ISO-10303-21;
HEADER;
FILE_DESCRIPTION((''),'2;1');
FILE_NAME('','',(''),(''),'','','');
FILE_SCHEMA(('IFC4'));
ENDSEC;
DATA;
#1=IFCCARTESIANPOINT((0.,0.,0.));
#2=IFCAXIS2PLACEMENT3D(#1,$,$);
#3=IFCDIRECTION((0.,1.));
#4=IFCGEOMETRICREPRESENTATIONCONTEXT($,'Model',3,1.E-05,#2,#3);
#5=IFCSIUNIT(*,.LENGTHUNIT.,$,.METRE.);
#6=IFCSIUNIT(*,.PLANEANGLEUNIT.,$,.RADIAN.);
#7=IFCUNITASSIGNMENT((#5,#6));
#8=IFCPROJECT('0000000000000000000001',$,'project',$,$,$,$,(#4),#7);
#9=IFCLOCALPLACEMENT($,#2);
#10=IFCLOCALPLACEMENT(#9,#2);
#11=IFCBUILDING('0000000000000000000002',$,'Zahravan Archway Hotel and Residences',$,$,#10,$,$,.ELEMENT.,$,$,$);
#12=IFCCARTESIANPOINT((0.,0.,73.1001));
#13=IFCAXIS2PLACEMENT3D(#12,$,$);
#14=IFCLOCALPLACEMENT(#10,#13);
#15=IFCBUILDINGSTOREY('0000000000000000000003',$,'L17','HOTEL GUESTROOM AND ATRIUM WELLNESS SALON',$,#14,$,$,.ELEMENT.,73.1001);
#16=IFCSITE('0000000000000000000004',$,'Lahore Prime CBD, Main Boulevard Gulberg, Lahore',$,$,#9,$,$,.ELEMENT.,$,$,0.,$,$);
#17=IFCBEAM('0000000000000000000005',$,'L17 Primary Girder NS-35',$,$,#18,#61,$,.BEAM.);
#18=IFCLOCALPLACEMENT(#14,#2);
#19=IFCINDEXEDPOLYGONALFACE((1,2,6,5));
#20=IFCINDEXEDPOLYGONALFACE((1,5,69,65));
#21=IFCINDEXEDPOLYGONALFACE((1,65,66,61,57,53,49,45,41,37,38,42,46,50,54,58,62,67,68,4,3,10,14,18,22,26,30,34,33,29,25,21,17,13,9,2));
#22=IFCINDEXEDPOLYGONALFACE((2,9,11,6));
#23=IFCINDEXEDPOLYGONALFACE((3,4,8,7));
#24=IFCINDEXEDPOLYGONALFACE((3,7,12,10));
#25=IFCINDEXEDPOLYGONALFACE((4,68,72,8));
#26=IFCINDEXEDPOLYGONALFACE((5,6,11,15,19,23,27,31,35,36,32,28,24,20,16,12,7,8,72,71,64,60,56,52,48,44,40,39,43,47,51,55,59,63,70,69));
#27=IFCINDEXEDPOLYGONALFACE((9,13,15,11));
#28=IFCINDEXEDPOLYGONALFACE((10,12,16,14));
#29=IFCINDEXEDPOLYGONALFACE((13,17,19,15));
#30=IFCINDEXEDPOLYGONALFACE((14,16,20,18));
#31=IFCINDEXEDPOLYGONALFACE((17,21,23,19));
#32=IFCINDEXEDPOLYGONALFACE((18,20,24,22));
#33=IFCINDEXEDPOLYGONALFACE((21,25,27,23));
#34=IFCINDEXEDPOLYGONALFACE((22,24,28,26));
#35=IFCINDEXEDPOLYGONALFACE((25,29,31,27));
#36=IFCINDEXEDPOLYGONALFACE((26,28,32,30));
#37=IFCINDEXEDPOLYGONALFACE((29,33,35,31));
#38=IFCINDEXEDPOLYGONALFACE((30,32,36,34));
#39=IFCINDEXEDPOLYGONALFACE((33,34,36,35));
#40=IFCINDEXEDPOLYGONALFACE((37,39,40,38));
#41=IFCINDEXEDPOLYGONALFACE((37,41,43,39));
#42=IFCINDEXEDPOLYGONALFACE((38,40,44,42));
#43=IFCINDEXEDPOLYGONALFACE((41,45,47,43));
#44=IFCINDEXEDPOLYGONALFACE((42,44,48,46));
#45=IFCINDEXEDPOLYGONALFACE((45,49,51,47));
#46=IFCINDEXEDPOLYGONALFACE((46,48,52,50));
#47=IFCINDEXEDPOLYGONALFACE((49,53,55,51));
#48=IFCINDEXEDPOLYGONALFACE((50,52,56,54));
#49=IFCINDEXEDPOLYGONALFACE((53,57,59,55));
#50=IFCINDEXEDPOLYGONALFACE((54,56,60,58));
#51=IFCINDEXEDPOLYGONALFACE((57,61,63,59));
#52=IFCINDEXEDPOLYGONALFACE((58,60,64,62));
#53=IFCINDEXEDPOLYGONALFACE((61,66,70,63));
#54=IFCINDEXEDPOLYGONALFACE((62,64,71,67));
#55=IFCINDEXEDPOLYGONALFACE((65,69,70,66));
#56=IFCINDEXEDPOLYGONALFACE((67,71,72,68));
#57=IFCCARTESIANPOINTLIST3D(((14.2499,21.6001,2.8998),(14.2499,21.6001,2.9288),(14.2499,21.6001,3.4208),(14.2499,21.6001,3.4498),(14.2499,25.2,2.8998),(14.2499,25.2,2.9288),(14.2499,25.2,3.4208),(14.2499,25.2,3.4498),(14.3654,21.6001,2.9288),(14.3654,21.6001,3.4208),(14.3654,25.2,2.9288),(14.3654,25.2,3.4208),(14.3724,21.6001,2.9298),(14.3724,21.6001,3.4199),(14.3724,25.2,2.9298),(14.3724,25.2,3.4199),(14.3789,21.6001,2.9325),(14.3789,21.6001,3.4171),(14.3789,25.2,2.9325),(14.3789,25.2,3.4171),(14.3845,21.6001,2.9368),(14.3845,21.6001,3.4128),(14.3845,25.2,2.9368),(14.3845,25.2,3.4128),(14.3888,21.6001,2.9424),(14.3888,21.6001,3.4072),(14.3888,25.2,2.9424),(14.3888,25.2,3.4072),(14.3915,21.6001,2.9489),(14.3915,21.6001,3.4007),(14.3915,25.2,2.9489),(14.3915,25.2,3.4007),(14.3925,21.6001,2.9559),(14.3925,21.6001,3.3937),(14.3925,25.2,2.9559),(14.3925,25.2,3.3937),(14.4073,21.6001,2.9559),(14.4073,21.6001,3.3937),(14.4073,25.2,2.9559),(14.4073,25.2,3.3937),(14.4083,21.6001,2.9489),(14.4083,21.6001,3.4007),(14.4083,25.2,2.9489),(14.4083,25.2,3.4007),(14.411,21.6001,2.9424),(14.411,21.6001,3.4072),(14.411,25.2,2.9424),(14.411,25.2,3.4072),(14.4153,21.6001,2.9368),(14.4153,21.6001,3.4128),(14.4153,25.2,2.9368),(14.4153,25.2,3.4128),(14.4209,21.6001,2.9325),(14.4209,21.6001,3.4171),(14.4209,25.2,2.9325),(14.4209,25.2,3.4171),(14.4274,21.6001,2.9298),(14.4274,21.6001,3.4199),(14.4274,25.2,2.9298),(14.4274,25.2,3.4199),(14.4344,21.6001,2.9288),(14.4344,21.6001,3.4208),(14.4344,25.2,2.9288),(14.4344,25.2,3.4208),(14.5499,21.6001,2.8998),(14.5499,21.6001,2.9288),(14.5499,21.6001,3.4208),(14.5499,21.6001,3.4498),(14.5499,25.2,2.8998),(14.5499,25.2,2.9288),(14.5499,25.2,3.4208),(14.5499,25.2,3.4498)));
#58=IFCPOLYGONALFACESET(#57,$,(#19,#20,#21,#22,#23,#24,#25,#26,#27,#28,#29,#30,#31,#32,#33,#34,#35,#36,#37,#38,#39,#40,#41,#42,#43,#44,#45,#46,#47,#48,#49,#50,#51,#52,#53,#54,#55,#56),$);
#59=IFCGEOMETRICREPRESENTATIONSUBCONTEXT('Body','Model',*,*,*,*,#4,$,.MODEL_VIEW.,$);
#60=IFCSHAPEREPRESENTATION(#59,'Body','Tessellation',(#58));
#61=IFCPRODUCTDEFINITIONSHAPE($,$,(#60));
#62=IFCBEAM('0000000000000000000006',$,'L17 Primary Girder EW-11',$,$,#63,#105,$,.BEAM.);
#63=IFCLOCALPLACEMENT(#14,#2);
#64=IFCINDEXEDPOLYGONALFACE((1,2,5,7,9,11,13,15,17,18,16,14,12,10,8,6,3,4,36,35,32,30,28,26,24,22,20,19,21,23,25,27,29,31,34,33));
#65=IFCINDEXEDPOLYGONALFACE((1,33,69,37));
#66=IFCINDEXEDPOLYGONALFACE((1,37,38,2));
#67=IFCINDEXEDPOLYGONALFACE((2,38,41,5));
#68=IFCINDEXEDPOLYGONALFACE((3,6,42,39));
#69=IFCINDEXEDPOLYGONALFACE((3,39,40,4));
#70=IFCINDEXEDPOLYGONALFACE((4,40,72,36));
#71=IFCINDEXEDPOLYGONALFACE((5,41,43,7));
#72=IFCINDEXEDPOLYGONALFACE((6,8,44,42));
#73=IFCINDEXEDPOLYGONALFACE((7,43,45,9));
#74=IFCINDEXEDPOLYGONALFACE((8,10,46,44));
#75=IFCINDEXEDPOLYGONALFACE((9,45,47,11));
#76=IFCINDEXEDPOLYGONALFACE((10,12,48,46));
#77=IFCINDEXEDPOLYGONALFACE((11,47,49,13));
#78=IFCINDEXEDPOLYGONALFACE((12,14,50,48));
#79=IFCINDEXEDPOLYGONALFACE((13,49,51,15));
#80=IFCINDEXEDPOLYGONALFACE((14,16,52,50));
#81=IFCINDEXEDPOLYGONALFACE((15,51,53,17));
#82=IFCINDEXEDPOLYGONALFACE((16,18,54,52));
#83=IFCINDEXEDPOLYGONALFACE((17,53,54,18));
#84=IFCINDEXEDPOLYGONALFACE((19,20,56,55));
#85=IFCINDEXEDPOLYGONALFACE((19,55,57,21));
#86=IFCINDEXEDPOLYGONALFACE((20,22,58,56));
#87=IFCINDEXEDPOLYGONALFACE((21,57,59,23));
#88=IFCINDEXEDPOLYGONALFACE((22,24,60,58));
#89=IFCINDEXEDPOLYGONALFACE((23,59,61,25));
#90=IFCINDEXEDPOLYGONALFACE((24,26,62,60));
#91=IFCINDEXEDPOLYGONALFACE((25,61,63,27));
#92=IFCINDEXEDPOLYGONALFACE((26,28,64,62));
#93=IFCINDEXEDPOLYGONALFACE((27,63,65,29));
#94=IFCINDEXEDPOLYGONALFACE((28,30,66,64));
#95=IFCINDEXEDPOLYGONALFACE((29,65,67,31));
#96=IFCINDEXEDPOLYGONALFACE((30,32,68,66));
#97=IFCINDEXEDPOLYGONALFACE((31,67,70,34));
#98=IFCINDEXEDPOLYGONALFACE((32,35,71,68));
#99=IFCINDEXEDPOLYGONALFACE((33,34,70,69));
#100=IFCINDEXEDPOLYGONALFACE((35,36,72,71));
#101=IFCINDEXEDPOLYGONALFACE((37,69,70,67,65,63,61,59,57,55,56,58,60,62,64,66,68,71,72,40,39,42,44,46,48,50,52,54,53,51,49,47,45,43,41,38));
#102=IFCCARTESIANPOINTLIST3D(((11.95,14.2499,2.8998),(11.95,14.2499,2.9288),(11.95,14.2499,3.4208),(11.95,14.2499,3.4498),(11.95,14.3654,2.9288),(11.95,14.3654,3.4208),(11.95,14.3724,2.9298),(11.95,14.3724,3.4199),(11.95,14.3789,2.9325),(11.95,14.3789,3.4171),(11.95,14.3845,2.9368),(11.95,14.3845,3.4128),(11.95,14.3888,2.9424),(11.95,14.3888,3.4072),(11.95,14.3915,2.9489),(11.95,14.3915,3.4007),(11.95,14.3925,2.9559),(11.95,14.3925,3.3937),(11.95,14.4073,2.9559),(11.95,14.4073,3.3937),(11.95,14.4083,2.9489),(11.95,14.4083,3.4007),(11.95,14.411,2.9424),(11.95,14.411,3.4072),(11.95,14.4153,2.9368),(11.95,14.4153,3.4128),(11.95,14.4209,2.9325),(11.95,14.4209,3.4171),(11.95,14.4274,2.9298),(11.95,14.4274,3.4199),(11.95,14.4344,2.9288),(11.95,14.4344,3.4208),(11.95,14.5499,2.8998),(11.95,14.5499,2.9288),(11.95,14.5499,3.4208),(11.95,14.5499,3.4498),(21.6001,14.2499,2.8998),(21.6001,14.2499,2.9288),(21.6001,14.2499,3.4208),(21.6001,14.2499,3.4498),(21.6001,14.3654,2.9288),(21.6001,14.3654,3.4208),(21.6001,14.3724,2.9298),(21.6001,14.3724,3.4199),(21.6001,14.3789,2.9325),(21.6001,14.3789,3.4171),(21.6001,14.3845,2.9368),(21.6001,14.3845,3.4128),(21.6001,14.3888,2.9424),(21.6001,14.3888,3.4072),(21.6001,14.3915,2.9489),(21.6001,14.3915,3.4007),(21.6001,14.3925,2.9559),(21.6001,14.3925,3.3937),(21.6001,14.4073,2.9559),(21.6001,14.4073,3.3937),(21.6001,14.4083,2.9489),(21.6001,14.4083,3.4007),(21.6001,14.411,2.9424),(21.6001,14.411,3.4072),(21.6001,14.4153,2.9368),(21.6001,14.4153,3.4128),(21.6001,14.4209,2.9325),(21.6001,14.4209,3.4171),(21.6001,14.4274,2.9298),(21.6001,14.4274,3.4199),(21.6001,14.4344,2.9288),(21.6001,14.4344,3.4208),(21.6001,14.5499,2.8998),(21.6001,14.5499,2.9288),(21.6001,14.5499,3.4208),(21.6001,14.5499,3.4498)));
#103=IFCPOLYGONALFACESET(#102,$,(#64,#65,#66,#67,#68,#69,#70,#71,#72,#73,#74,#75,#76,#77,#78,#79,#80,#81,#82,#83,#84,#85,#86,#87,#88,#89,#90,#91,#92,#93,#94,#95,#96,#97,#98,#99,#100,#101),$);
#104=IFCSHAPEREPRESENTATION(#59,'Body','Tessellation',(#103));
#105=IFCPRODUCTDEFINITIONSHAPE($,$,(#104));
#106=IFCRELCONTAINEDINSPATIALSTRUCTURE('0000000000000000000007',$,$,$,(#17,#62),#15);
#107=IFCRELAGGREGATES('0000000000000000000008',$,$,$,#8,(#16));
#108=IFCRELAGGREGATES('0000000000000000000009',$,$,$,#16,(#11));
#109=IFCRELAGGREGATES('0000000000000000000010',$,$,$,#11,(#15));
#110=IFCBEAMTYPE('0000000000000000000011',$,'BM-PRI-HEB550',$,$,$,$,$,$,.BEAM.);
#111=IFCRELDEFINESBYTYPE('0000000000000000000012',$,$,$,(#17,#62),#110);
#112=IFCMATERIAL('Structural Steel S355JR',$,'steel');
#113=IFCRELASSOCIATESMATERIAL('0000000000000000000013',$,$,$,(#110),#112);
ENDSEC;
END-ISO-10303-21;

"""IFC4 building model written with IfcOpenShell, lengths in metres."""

from ifc_helpers import new_model, si_unit, direction, frame, origin, origin_2d, place, context, subcontext, project, spatial, i_section, extrude, source, transform, mapped, material, material_profile, profile_set, type_object, element, save


model = new_model("IFC4")

# Units and contexts
model_context = context("Model", 3, precision=1e-05, world=origin(), true_north=direction((0.0, 1.0)))
body_context = subcontext(model_context, "Body", "Model", "MODEL_VIEW")
ifc_project = project(units=[si_unit("LENGTHUNIT", "METRE"), si_unit("PLANEANGLEUNIT", "RADIAN")], contexts=[model_context])

# Site, building, storey
site_placement = place(None, origin())
site = spatial("IfcSite", under=ifc_project, at=site_placement, Name="Lahore Prime CBD, Main Boulevard Gulberg, Lahore", CompositionType="ELEMENT", RefElevation=0.0)
building_placement = place(site_placement, origin())
building = spatial("IfcBuilding", under=site, at=building_placement, Name="Zahravan Archway Hotel and Residences", CompositionType="ELEMENT")
storey_placement = place(building_placement, frame((0.0, 0.0, 73.1001)))
storey = spatial("IfcBuildingStorey", under=building, at=storey_placement, Name="L17", Description="HOTEL GUESTROOM AND ATRIUM WELLNESS SALON", CompositionType="ELEMENT", Elevation=73.1001)

# Beams
ifc_material_1 = material(Name="Structural Steel S355JR", Category="steel")
ifc_material_profile_1 = material_profile(ifc_material_1, i_section(OverallWidth=0.3, OverallDepth=0.55, WebThickness=0.0149, FlangeThickness=0.0291, FilletRadius=0.0271, at=origin_2d()), Name="HEB 550", Category="steel")
ifc_profile_set_1 = profile_set([ifc_material_profile_1], Name="Structural Steel S355JR")
beam_type = type_object("IfcBeamType", Name="BM-PRI-HEB550", PredefinedType="BEAM", material=ifc_profile_set_1)
shared_shape_1 = source(origin(), body_context, "Body", "SweptSolid", [
    extrude(i_section(OverallWidth=0.3, OverallDepth=0.55, WebThickness=0.0149, FlangeThickness=0.0291, FilletRadius=0.0271, at=origin_2d()), origin(), (0.0, 0.0, 1.0), 3.5999),
])
beam_1_placement = place(storey_placement, frame((14.3999, 21.6001, 3.1748), z_axis=(0.0, 1.0, 0.0), x_axis=(-1.0, 0.0, 0.0)))
element("IfcBeam", 1, at=beam_1_placement, inside=storey, type_object=beam_type, Name="L17 Primary Girder NS-35", PredefinedType="BEAM", context=body_context, shape_type="MappedRepresentation", body=[
    mapped(shared_shape_1, transform((0.0, 0.0, 0.0), scale=1.0)),
])
shared_shape_2 = source(origin(), body_context, "Body", "SweptSolid", [
    extrude(i_section(OverallWidth=0.3, OverallDepth=0.55, WebThickness=0.0149, FlangeThickness=0.0291, FilletRadius=0.0271, at=origin_2d()), origin(), (0.0, 0.0, 1.0), 9.6501),
])
beam_2_placement = place(storey_placement, frame((11.95, 14.3999, 3.1748), z_axis=(1.0, 0.0, 0.0), x_axis=(0.0, 1.0, 0.0)))
element("IfcBeam", 2, at=beam_2_placement, inside=storey, type_object=beam_type, Name="L17 Primary Girder EW-11", PredefinedType="BEAM", context=body_context, shape_type="MappedRepresentation", body=[
    mapped(shared_shape_2, transform((0.0, 0.0, 0.0), scale=1.0)),
])

save(model, "model.ifc")
